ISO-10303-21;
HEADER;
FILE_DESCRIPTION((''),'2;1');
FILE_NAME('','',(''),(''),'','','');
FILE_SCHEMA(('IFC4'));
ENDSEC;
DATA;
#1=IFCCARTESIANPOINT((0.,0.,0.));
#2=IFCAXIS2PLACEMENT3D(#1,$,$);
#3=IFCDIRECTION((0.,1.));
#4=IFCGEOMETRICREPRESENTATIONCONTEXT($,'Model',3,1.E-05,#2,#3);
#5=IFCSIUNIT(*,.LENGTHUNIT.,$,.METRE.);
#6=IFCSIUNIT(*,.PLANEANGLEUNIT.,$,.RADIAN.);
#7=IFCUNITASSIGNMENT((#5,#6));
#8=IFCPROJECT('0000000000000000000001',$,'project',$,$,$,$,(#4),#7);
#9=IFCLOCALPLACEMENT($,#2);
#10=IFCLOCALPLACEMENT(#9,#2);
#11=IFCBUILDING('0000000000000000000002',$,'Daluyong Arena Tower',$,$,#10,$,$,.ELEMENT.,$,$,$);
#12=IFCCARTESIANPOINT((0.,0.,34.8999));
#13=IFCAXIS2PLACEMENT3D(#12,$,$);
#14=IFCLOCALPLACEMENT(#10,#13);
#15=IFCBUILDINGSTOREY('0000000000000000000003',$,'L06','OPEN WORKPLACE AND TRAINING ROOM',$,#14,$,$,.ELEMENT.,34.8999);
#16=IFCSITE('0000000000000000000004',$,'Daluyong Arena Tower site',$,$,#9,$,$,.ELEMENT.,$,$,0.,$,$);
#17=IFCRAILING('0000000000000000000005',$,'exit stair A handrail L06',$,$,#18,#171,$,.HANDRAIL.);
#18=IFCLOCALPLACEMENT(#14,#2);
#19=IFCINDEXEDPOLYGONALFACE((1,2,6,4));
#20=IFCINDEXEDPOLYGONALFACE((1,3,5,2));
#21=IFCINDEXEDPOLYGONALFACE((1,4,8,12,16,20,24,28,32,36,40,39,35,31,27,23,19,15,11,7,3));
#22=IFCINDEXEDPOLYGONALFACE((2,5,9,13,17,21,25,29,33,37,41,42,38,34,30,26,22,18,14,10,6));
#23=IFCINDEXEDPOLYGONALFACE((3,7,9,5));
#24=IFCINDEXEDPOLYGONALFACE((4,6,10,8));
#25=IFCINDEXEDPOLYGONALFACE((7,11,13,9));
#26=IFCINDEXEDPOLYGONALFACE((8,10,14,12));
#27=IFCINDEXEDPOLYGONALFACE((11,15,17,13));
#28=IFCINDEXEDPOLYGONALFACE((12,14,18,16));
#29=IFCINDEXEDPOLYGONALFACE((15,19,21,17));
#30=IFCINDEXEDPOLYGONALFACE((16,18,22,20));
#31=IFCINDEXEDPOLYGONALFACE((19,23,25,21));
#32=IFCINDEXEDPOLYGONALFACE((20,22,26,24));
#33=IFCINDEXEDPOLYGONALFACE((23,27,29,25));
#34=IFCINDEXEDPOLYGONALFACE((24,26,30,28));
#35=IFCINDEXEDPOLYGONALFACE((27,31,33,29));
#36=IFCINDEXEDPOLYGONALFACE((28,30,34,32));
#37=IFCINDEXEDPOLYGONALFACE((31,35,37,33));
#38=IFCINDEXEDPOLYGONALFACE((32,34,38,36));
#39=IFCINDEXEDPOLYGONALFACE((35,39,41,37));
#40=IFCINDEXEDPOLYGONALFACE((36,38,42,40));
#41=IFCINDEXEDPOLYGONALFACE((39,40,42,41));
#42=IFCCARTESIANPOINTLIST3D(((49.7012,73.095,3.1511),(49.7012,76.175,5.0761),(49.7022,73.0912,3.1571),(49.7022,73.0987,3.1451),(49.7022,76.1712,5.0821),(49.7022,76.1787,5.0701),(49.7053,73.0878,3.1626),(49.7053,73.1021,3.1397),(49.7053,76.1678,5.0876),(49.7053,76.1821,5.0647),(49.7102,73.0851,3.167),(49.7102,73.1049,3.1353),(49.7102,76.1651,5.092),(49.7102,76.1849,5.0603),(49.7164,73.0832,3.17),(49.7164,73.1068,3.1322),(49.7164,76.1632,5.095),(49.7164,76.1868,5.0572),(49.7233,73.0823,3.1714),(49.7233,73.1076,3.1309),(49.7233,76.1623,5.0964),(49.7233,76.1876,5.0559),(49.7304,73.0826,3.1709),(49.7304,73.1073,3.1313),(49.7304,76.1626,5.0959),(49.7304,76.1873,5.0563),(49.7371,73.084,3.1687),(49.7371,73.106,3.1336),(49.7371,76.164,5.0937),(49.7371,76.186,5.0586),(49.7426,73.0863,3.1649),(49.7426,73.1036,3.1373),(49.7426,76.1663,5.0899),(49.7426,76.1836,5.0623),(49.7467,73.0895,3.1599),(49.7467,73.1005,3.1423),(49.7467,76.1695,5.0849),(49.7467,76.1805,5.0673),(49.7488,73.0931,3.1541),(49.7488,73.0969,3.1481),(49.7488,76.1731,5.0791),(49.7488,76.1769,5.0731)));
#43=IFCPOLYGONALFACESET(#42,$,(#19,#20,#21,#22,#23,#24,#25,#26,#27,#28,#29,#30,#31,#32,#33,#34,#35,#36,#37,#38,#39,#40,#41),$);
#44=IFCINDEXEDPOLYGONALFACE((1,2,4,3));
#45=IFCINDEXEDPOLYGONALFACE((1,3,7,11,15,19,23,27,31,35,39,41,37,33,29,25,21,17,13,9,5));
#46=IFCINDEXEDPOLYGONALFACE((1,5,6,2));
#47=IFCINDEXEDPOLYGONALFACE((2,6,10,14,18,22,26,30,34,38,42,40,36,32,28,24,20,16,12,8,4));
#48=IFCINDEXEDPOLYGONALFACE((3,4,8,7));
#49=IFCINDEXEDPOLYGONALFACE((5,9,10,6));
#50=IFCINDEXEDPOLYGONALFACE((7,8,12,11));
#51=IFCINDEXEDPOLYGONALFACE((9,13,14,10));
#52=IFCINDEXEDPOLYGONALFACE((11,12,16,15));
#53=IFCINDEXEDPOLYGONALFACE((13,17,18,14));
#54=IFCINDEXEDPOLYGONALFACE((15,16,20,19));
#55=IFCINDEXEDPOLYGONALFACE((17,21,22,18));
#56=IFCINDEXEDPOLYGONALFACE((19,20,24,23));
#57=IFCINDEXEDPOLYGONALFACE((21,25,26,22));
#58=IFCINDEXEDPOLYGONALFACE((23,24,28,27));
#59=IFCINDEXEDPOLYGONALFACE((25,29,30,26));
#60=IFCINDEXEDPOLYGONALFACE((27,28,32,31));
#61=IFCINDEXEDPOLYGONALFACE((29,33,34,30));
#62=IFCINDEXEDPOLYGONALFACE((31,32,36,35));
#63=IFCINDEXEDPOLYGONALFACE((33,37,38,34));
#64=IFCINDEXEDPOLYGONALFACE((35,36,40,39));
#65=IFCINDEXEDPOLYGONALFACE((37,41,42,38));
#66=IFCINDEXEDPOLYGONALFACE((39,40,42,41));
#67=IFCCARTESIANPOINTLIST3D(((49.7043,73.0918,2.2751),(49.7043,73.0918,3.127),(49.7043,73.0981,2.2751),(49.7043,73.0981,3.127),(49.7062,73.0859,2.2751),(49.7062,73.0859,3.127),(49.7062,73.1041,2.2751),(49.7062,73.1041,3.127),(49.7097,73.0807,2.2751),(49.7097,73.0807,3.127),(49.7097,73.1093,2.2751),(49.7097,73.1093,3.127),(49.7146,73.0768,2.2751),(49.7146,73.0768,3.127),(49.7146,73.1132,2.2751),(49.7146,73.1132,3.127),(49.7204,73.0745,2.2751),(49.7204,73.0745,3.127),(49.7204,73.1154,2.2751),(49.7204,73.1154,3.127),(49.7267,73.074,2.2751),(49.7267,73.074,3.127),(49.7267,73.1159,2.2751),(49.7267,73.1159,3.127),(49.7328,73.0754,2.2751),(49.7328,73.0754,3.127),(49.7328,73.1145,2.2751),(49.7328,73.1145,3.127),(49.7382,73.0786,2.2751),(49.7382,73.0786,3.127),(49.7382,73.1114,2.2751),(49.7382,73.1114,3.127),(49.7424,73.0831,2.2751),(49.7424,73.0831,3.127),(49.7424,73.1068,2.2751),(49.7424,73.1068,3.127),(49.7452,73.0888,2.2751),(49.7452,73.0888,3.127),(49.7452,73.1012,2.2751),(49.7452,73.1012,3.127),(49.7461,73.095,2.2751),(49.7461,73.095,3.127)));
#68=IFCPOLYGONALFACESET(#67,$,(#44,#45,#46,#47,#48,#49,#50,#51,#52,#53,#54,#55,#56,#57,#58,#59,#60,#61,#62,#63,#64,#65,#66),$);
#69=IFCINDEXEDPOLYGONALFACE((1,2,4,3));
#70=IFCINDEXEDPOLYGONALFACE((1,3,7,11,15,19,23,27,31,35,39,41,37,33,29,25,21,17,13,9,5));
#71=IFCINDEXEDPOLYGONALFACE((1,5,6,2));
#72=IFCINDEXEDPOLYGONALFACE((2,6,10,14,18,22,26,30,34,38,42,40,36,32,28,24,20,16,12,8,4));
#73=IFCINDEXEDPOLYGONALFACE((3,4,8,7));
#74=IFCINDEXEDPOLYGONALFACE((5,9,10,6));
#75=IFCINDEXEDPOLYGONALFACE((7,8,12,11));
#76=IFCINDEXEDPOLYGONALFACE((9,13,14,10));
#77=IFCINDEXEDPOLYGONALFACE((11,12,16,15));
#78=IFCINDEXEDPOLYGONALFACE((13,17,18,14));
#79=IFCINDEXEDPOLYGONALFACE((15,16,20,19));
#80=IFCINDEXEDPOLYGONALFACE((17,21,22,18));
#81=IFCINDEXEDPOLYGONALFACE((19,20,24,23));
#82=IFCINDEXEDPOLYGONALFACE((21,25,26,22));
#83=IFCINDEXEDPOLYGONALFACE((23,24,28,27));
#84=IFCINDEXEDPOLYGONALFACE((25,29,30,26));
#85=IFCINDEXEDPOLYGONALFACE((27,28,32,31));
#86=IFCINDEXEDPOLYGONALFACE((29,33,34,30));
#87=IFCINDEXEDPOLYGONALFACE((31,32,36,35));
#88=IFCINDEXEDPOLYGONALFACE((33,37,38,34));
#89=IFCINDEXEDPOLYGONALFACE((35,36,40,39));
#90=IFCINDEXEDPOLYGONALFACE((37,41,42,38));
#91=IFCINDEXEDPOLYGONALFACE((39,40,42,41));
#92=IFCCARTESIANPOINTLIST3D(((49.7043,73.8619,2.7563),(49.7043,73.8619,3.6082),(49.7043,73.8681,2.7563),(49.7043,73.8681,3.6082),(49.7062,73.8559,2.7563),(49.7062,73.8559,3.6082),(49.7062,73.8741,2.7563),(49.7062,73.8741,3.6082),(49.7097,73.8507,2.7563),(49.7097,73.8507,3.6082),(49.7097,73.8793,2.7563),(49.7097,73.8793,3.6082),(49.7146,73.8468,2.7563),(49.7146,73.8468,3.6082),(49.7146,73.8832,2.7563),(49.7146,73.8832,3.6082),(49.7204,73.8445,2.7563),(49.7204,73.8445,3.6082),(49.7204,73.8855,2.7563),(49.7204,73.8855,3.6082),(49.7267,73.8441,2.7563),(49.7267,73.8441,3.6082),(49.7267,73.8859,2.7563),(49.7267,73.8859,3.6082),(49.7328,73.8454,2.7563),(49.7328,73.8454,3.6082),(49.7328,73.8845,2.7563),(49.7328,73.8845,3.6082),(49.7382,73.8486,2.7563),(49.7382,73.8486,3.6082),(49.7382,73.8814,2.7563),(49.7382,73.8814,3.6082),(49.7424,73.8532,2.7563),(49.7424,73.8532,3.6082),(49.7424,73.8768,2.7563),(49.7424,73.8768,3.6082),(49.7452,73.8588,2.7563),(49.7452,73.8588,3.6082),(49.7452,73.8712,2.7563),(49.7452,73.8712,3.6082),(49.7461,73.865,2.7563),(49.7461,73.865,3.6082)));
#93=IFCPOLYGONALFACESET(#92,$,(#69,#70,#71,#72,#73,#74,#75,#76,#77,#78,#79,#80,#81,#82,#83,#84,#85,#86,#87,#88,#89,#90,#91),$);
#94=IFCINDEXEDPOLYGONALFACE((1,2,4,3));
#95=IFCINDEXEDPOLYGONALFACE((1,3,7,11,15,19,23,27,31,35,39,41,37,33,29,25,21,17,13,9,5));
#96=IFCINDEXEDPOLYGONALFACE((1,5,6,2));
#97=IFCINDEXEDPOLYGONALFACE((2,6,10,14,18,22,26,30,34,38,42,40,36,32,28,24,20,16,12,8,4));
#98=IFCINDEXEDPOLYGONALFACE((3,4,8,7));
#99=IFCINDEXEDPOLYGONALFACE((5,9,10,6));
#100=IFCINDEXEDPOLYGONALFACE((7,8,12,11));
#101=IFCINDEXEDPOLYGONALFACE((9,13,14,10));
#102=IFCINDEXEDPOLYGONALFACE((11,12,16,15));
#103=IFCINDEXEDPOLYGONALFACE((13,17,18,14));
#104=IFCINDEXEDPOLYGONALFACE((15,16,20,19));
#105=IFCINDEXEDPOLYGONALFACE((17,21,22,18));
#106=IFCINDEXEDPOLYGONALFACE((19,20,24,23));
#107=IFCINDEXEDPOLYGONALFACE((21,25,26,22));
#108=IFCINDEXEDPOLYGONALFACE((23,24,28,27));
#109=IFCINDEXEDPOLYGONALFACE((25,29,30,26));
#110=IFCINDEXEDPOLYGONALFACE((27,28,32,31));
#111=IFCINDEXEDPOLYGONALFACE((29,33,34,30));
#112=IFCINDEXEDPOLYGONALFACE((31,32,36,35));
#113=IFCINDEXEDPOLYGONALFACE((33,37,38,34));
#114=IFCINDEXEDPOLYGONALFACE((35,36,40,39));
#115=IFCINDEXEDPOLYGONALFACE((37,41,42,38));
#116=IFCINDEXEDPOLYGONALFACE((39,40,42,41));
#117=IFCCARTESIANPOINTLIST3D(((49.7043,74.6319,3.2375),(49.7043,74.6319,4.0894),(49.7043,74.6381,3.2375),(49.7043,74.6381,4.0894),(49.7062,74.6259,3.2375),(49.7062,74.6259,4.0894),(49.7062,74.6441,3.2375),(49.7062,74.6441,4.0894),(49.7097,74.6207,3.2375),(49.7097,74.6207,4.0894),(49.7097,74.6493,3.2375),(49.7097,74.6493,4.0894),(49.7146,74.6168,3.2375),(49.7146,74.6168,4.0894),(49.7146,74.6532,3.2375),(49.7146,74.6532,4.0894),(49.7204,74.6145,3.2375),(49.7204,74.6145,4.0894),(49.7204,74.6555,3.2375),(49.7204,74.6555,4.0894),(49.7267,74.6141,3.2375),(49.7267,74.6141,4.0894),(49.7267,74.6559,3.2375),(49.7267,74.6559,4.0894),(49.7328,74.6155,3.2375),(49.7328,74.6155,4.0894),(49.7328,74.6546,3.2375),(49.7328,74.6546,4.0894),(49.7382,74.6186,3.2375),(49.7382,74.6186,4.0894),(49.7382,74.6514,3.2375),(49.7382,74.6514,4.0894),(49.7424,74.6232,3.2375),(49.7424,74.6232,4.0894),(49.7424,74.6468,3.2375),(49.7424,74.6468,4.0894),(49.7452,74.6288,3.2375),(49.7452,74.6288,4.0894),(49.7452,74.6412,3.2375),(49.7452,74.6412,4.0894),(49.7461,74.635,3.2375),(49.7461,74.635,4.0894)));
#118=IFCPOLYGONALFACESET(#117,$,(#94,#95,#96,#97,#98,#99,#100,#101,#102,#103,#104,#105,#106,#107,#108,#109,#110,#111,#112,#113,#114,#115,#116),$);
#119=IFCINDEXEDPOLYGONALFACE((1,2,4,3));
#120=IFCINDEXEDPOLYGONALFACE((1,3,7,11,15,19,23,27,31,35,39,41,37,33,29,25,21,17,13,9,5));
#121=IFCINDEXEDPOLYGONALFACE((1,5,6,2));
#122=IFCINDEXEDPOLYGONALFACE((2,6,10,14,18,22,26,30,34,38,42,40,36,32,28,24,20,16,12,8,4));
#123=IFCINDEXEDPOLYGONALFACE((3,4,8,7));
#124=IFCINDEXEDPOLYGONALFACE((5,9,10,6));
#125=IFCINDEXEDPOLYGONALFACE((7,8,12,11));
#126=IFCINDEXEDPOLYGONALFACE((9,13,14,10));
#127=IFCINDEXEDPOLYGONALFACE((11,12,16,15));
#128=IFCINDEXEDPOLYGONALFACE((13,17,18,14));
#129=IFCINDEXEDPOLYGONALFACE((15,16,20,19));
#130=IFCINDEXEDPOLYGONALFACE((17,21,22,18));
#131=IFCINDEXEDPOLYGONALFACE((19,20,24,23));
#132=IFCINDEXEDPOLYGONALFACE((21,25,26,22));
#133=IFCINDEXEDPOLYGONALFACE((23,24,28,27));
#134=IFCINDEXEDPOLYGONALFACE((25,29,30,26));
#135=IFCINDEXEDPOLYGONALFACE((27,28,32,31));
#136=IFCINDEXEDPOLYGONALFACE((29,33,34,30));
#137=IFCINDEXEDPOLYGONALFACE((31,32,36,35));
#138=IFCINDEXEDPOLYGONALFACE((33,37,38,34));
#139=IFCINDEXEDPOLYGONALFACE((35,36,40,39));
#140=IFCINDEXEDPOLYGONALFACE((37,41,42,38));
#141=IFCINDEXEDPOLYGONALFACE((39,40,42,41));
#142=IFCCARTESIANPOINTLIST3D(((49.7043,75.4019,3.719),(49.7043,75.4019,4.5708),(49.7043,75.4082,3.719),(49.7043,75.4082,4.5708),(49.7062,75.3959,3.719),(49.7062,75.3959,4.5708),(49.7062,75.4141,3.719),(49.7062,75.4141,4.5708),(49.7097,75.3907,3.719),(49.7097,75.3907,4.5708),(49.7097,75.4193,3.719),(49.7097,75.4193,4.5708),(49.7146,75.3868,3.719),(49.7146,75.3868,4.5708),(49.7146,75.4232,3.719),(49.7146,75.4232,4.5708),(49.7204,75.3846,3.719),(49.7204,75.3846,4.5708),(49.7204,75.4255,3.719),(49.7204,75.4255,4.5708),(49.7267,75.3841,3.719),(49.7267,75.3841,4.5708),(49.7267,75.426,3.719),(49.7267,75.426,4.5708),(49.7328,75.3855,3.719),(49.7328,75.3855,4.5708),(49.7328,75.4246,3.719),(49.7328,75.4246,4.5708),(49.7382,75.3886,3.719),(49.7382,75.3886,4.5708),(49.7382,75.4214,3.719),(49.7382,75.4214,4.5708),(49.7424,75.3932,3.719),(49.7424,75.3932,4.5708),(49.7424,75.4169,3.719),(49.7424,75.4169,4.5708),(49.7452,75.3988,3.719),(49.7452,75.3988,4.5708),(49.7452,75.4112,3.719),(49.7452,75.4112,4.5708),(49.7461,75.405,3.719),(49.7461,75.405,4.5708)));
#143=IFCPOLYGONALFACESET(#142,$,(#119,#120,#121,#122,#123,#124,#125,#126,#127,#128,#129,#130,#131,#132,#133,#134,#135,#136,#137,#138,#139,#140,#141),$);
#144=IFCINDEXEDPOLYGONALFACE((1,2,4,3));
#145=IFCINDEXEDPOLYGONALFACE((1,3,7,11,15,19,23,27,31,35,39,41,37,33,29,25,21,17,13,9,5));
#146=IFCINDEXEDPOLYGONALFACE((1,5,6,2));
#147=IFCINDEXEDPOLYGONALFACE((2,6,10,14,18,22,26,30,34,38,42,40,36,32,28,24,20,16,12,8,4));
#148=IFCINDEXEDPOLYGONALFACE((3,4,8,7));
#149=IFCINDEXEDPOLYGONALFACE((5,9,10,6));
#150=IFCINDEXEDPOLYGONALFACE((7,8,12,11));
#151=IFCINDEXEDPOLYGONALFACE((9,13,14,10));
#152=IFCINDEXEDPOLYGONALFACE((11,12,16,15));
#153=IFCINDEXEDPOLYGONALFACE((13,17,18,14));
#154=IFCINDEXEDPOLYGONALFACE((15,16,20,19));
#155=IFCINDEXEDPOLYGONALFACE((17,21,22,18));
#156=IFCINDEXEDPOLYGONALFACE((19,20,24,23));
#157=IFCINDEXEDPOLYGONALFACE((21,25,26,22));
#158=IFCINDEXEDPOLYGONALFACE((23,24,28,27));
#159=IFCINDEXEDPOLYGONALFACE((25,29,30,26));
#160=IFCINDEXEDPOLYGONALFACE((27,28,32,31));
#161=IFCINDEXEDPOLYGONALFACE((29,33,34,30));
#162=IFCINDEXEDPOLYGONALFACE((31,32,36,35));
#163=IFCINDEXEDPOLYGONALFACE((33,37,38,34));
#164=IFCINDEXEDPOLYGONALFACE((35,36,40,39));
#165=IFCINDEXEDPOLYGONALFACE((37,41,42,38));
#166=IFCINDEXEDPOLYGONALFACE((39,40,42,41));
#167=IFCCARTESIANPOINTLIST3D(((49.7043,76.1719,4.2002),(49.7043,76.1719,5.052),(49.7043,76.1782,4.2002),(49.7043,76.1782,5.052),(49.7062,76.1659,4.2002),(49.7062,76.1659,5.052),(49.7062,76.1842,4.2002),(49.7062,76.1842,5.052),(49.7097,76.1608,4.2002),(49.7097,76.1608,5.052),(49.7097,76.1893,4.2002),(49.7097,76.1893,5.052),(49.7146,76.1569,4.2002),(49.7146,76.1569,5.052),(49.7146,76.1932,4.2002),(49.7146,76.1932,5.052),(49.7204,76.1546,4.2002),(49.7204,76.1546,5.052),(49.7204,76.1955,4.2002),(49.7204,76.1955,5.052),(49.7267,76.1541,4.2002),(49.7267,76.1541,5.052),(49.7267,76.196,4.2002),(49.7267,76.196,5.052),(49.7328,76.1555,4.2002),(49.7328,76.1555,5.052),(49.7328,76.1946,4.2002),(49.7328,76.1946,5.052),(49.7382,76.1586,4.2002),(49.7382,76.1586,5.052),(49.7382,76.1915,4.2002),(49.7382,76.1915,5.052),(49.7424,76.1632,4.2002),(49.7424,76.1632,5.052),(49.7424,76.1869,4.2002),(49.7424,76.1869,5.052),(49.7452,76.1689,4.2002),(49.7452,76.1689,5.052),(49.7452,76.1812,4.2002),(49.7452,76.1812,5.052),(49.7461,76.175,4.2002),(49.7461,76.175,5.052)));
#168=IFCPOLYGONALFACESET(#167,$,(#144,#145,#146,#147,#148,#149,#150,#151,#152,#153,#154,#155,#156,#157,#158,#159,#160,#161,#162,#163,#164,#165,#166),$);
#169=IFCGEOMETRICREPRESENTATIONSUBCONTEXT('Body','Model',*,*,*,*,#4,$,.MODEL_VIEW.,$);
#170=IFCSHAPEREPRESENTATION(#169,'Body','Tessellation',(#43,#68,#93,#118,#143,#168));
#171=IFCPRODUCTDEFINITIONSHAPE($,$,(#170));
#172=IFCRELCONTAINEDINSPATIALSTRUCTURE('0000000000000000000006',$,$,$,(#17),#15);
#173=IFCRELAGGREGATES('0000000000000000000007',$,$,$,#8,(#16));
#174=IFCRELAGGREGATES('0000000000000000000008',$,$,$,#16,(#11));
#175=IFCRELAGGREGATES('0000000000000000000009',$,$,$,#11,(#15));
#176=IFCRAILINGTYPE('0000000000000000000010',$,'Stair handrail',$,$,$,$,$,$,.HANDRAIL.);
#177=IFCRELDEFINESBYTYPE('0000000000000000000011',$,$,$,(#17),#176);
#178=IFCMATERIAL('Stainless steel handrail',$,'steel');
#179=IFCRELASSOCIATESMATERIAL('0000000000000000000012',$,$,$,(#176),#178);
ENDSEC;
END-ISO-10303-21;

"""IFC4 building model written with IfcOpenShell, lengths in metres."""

from ifc_helpers import new_model, si_unit, direction, frame, origin, origin_2d, place, context, subcontext, project, spatial, circle, extrude, material, type_object, element, save


model = new_model("IFC4")

# Units and contexts
model_context = context("Model", 3, precision=1e-05, world=origin(), true_north=direction((0.0, 1.0)))
body_context = subcontext(model_context, "Body", "Model", "MODEL_VIEW")
ifc_project = project(units=[si_unit("LENGTHUNIT", "METRE"), si_unit("PLANEANGLEUNIT", "RADIAN")], contexts=[model_context])

# Site, building, storey
site_placement = place(None, origin())
site = spatial("IfcSite", under=ifc_project, at=site_placement, Name="Daluyong Arena Tower site", CompositionType="ELEMENT", RefElevation=0.0)
building_placement = place(site_placement, origin())
building = spatial("IfcBuilding", under=site, at=building_placement, Name="Daluyong Arena Tower", CompositionType="ELEMENT")
storey_placement = place(building_placement, frame((0.0, 0.0, 34.8999)))
storey = spatial("IfcBuildingStorey", under=building, at=storey_placement, Name="L06", Description="OPEN WORKPLACE AND TRAINING ROOM", CompositionType="ELEMENT", Elevation=34.8999)

# Railing
ifc_material_1 = material(Name="Stainless steel handrail", Category="steel")
railing_type_1 = type_object("IfcRailingType", Name="Stair handrail", PredefinedType="HANDRAIL", material=ifc_material_1)
railing_1_placement = place(storey_placement, frame((49.7251, 73.095, 2.2751)))
element("IfcRailing", 1, at=railing_1_placement, inside=storey, type_object=railing_type_1, Name="exit stair A handrail L06", PredefinedType="HANDRAIL", context=body_context, shape_type="SweptSolid", body=[
    extrude(circle(Radius=0.0239, at=origin_2d()), frame((0.0, 0.0, 0.876), z_axis=(0.0, 0.847998, 0.529999), x_axis=(-1.0, 0.0, 0.0)), (0.0, 0.0, 1.0), 3.6321),
    extrude(circle(Radius=0.021, at=origin_2d()), origin(), (0.0, 0.0, 1.0), 0.8518),
    extrude(circle(Radius=0.021, at=origin_2d()), frame((0.0, 0.77, 0.4812)), (0.0, 0.0, 1.0), 0.8518),
    extrude(circle(Radius=0.021, at=origin_2d()), frame((0.0, 1.54, 0.9624)), (0.0, 0.0, 1.0), 0.8518),
    extrude(circle(Radius=0.021, at=origin_2d()), frame((0.0, 2.3101, 1.4438)), (0.0, 0.0, 1.0), 0.8518),
    extrude(circle(Radius=0.021, at=origin_2d()), frame((0.0, 3.0801, 1.925)), (0.0, 0.0, 1.0), 0.8518),
])

save(model, "model.ifc")
